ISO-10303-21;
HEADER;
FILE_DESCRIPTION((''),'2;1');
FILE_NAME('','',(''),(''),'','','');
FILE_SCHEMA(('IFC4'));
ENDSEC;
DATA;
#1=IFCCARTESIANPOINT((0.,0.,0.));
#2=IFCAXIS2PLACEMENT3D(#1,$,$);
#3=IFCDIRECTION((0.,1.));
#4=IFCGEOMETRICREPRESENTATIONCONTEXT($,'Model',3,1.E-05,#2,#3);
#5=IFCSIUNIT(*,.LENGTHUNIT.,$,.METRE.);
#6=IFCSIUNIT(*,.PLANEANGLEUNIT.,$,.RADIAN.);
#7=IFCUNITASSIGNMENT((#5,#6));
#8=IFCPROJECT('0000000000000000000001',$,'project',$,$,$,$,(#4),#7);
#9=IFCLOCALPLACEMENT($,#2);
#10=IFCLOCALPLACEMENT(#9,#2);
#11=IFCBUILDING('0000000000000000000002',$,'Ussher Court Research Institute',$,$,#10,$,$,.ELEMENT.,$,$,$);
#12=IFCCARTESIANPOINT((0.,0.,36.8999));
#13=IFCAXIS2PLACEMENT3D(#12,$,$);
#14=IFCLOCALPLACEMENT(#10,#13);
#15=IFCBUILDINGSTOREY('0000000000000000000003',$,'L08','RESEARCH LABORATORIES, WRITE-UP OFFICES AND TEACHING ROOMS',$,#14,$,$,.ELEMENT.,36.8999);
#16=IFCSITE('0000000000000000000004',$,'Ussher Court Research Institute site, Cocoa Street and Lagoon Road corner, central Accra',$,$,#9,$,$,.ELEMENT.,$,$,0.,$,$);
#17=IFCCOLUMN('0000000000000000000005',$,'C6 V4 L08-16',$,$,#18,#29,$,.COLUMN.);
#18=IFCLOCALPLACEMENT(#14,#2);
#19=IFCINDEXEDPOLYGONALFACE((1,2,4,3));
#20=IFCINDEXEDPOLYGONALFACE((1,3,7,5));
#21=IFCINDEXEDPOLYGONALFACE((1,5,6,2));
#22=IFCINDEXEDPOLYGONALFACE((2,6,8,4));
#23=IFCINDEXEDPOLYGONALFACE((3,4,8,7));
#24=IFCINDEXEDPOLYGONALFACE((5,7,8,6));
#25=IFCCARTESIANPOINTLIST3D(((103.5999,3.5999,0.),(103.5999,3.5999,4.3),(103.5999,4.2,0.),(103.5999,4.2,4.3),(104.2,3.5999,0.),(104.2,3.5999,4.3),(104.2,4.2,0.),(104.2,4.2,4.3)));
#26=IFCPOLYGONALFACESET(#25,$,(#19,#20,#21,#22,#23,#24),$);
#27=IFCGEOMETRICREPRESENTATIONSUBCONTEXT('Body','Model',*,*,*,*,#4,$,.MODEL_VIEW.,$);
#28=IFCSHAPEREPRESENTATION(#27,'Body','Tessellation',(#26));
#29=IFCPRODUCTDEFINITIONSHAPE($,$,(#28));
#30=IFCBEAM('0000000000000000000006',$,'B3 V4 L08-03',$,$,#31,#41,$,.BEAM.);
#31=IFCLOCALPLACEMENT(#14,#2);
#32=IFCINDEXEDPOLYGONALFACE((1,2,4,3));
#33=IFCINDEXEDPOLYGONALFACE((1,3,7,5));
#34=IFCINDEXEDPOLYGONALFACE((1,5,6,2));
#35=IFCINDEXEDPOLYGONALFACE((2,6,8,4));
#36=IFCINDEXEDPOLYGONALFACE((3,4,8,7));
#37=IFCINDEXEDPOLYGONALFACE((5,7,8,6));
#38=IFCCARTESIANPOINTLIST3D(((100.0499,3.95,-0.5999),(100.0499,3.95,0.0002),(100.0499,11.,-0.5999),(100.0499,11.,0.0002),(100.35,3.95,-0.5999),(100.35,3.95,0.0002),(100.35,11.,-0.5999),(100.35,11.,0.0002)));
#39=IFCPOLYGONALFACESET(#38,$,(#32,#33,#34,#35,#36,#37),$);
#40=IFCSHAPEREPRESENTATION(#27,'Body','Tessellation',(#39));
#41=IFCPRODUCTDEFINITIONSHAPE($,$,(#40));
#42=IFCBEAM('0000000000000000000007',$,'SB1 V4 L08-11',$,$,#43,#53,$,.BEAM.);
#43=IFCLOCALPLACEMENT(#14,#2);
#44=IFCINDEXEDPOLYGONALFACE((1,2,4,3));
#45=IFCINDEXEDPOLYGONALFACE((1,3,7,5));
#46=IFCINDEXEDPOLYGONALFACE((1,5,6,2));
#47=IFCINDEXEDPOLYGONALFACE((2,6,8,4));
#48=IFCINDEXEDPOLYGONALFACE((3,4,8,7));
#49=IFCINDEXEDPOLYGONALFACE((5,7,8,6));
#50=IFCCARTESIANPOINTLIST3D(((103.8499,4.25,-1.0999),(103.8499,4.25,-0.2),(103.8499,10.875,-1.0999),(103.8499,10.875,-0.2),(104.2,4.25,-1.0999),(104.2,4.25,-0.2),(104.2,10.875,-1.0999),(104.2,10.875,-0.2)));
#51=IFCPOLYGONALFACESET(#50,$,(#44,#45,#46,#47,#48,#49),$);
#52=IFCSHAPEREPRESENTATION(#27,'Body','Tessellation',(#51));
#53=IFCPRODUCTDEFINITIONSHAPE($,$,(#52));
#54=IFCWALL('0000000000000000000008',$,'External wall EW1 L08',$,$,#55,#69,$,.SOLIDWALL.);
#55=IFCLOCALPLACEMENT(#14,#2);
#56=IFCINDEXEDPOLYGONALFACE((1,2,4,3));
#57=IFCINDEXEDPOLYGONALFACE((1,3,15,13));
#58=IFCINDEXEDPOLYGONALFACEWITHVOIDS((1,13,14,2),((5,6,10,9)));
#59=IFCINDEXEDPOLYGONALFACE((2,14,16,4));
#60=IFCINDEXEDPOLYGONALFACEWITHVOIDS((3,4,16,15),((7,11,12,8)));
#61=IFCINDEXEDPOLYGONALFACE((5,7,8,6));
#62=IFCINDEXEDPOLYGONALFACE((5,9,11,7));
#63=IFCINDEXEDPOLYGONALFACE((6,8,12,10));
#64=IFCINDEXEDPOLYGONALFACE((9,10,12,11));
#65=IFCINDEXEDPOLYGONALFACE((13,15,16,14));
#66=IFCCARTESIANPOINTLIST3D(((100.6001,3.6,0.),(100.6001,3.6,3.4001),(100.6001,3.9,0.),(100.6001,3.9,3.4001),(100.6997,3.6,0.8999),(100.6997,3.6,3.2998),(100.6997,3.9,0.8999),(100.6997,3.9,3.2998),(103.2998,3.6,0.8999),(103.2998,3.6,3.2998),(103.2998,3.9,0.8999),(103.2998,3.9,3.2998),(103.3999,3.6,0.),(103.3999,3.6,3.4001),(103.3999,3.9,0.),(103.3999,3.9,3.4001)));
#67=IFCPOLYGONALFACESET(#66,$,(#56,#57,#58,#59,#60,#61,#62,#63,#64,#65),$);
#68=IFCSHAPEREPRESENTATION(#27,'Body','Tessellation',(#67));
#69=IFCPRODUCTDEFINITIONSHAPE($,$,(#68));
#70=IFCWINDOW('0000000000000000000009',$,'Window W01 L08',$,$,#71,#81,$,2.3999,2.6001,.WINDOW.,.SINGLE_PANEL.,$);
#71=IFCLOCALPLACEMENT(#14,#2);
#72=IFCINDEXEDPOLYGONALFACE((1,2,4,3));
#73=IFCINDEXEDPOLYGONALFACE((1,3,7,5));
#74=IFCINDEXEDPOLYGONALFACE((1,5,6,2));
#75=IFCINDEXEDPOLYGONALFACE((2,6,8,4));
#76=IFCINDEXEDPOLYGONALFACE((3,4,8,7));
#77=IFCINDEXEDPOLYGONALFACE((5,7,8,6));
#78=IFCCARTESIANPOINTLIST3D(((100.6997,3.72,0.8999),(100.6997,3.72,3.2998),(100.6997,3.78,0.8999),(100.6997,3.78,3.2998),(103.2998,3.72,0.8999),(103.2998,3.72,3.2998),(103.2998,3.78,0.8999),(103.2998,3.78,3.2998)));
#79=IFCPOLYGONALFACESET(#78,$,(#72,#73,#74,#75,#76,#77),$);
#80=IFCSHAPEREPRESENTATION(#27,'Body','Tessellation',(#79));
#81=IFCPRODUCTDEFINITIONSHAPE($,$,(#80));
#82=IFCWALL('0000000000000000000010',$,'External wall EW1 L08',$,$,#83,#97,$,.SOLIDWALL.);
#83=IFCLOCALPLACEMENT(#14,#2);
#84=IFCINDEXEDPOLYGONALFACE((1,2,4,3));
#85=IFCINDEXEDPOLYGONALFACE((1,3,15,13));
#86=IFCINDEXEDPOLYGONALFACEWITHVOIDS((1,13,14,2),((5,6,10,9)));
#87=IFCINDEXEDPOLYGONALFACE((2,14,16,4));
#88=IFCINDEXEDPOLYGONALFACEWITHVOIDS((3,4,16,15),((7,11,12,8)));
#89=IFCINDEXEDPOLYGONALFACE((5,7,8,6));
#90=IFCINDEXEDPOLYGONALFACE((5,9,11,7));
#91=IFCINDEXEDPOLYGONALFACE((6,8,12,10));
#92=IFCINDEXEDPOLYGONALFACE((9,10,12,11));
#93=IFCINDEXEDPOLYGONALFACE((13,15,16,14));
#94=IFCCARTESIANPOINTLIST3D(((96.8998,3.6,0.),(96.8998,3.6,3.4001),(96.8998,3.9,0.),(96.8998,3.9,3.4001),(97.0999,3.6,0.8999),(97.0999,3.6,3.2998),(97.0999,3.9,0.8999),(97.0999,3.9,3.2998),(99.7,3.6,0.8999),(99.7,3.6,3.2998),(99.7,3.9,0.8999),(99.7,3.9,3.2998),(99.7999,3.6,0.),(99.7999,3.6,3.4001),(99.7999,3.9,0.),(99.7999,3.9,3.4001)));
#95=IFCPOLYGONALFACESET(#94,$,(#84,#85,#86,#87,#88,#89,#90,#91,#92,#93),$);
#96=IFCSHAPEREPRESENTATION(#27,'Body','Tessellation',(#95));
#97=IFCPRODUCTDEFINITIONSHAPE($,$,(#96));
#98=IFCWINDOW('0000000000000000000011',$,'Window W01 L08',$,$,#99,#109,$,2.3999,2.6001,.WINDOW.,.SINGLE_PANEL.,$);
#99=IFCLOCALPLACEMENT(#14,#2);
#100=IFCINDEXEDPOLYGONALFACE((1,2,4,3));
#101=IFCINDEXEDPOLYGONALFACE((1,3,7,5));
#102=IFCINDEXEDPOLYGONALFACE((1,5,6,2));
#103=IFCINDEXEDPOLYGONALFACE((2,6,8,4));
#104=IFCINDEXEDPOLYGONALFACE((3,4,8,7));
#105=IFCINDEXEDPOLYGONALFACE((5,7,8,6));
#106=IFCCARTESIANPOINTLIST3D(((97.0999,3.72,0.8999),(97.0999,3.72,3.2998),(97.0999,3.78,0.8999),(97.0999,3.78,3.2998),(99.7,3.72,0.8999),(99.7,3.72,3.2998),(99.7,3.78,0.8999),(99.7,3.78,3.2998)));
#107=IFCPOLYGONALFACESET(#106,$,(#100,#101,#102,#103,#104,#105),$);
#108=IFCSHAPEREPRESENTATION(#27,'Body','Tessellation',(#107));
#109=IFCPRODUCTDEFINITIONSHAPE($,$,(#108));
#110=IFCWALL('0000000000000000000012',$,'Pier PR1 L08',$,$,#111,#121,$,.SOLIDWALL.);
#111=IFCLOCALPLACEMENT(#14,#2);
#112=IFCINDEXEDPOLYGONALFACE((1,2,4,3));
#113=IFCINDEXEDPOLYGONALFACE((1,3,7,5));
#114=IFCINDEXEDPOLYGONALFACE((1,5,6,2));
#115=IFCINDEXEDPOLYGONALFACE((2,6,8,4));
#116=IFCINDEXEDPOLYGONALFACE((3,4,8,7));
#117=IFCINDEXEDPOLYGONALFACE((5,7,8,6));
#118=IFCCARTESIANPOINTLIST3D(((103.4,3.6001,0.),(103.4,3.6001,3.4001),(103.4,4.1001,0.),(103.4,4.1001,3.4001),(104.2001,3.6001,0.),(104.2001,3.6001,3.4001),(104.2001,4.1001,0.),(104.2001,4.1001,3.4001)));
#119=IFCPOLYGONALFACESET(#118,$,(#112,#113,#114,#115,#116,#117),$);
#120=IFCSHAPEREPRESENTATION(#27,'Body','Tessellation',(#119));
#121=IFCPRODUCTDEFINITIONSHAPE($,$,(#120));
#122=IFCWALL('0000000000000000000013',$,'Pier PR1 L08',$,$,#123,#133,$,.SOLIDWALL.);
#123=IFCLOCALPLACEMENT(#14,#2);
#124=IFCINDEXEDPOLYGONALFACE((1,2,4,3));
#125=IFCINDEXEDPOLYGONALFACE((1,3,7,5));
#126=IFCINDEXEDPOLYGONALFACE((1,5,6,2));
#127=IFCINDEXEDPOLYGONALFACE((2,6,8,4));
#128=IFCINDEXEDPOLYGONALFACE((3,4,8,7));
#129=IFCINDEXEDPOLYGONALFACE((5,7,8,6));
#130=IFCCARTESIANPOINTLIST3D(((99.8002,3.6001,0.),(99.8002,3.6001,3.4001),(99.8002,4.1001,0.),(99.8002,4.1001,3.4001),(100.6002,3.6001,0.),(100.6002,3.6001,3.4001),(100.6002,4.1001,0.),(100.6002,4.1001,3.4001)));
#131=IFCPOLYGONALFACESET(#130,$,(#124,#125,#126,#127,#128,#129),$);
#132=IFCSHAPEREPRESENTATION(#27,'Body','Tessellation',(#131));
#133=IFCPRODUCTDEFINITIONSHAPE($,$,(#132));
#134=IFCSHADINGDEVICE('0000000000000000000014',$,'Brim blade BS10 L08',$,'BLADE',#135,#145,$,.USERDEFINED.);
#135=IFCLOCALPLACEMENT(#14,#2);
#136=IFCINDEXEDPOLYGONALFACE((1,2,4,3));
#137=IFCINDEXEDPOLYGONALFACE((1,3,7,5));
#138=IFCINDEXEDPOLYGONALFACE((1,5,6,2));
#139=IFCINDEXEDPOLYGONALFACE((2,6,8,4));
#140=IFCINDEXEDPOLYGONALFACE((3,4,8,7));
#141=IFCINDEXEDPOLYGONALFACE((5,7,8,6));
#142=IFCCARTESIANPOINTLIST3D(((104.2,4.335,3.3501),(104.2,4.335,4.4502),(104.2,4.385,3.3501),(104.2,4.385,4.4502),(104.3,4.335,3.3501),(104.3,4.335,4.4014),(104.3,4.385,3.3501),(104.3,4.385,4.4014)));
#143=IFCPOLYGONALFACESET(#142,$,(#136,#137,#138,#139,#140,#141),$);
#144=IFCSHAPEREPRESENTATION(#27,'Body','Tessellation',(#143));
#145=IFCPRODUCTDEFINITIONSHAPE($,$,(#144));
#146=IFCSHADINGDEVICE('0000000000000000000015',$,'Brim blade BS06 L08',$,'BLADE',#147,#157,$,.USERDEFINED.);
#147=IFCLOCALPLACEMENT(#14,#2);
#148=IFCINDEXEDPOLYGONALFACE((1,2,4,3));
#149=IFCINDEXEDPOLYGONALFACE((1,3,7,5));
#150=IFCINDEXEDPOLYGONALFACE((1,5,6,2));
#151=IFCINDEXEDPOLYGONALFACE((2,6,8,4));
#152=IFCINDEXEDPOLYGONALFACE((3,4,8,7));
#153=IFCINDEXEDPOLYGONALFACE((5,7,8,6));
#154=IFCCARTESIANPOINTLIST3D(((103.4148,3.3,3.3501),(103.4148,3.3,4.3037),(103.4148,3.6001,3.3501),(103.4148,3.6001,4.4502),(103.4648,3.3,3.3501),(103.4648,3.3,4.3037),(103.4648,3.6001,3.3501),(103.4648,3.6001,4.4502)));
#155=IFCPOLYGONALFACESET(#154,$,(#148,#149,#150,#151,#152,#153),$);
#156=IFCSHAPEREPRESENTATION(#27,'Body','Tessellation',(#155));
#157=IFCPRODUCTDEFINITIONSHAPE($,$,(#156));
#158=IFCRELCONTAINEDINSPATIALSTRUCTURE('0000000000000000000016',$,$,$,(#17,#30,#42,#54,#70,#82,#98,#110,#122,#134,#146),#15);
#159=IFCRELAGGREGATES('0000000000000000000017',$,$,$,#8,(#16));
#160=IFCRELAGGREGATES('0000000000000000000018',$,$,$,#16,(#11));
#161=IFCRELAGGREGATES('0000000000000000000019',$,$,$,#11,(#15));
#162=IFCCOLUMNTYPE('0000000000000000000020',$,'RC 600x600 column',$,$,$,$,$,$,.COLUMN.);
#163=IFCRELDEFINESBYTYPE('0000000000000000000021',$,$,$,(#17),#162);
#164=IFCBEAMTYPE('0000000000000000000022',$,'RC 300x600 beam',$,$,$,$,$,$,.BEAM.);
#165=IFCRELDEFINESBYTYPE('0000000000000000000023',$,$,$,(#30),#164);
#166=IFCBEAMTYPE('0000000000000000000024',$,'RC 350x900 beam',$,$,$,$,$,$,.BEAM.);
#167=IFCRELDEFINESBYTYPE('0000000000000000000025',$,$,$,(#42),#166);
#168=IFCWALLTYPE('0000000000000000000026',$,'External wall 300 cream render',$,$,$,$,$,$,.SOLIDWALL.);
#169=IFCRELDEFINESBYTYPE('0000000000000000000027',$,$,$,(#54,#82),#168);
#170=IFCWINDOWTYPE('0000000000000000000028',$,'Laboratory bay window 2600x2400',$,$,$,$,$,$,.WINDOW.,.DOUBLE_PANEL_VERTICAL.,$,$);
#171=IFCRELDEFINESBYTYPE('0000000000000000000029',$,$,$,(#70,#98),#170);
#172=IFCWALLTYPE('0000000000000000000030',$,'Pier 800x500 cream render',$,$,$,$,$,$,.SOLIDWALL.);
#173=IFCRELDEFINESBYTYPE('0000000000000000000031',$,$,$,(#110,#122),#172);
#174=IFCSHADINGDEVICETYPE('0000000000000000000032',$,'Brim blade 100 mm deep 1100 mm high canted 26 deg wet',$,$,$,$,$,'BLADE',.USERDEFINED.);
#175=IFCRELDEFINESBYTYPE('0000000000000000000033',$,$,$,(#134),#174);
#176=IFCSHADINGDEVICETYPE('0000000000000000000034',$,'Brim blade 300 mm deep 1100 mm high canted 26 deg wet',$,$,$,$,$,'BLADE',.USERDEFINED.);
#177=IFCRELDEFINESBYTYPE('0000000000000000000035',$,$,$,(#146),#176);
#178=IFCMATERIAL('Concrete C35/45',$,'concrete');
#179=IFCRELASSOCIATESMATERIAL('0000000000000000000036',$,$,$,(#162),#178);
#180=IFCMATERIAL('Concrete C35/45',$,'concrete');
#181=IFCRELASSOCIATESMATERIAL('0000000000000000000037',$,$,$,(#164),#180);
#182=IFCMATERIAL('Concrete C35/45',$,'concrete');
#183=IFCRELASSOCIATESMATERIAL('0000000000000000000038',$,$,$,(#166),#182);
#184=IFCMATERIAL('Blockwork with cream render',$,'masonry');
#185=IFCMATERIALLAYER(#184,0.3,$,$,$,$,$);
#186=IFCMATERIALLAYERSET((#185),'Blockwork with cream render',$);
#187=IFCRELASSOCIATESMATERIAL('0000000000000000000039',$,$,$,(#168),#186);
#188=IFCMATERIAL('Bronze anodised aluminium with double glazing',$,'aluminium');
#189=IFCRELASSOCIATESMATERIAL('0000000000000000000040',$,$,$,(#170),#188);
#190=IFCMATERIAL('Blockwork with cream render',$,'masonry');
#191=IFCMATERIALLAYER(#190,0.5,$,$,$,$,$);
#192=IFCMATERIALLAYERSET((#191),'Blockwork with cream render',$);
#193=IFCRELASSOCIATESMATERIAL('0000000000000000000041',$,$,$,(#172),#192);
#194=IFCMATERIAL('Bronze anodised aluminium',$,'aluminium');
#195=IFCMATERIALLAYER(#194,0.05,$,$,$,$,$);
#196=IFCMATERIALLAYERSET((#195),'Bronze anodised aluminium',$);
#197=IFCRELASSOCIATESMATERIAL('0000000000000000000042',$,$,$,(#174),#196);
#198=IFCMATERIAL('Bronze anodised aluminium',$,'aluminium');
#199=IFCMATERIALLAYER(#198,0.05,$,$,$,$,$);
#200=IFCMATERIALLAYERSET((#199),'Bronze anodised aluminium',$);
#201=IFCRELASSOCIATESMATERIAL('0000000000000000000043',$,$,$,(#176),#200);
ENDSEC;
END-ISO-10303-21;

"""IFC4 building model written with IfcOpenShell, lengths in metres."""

from ifc_helpers import new_model, si_unit, direction, frame, frame_2d, origin, origin_2d, place, context, subcontext, project, spatial, polyline, rectangle, outline, extrude, material, layer, layer_set, material_profile, profile_set, type_object, element, fill, save


model = new_model("IFC4")

# Units and contexts
model_context = context("Model", 3, precision=1e-05, world=origin(), true_north=direction((0.0, 1.0)))
body_context = subcontext(model_context, "Body", "Model", "MODEL_VIEW")
ifc_project = project(units=[si_unit("LENGTHUNIT", "METRE"), si_unit("PLANEANGLEUNIT", "RADIAN")], contexts=[model_context])

# Site, building, storey
site_placement = place(None, origin())
site = spatial("IfcSite", under=ifc_project, at=site_placement, Name="Ussher Court Research Institute site, Cocoa Street and Lagoon Road corner, central Accra", CompositionType="ELEMENT", RefElevation=0.0)
building_placement = place(site_placement, origin())
building = spatial("IfcBuilding", under=site, at=building_placement, Name="Ussher Court Research Institute", CompositionType="ELEMENT")
storey_placement = place(building_placement, frame((0.0, 0.0, 36.8999)))
storey = spatial("IfcBuildingStorey", under=building, at=storey_placement, Name="L08", Description="RESEARCH LABORATORIES, WRITE-UP OFFICES AND TEACHING ROOMS", CompositionType="ELEMENT", Elevation=36.8999)

# Column
ifc_material_1 = material(Name="Concrete C35/45", Category="concrete")
ifc_material_profile_1 = material_profile(ifc_material_1, rectangle(XDim=0.6001, YDim=0.6001, at=origin_2d()), Name="RC 600x600")
ifc_profile_set_1 = profile_set([ifc_material_profile_1], Name="Concrete C35/45")
column_type = type_object("IfcColumnType", Name="RC 600x600 column", PredefinedType="COLUMN", material=ifc_profile_set_1)
column_placement = place(storey_placement, frame((103.8999, 3.8999, 0.0), z_axis=(0.0, 0.0, 1.0), x_axis=(1.0, 0.0, 0.0)))
element("IfcColumn", 1, at=column_placement, inside=storey, type_object=column_type, Name="C6 V4 L08-16", PredefinedType="COLUMN", context=body_context, shape_type="SweptSolid", body=[
    extrude(rectangle(XDim=0.6001, YDim=0.6001, at=origin_2d()), origin(), (0.0, 0.0, 1.0), 4.3),
])

# Beams
ifc_material_2 = material(Name="Concrete C35/45", Category="concrete")
ifc_material_profile_2 = material_profile(ifc_material_2, rectangle(XDim=0.3, YDim=0.6001, at=origin_2d()), Name="RC 300x600")
ifc_profile_set_2 = profile_set([ifc_material_profile_2], Name="Concrete C35/45")
beam_type_1 = type_object("IfcBeamType", Name="RC 300x600 beam", PredefinedType="BEAM", material=ifc_profile_set_2)
beam_1_placement = place(storey_placement, frame((100.2, 3.95, -0.2998), z_axis=(0.0, 1.0, 0.0), x_axis=(-1.0, 0.0, 0.0)))
element("IfcBeam", 2, at=beam_1_placement, inside=storey, type_object=beam_type_1, Name="B3 V4 L08-03", PredefinedType="BEAM", context=body_context, shape_type="SweptSolid", body=[
    extrude(rectangle(XDim=0.3, YDim=0.6001, at=origin_2d()), origin(), (0.0, 0.0, 1.0), 7.05),
])
ifc_material_3 = material(Name="Concrete C35/45", Category="concrete")
ifc_material_profile_3 = material_profile(ifc_material_3, rectangle(XDim=0.3501, YDim=0.8999, at=origin_2d()), Name="RC 350x900")
ifc_profile_set_3 = profile_set([ifc_material_profile_3], Name="Concrete C35/45")
beam_type_2 = type_object("IfcBeamType", Name="RC 350x900 beam", PredefinedType="BEAM", material=ifc_profile_set_3)
beam_2_placement = place(storey_placement, frame((104.0249, 4.25, -0.6499), z_axis=(0.0, 1.0, 0.0), x_axis=(-1.0, 0.0, 0.0)))
element("IfcBeam", 3, at=beam_2_placement, inside=storey, type_object=beam_type_2, Name="SB1 V4 L08-11", PredefinedType="BEAM", context=body_context, shape_type="SweptSolid", body=[
    extrude(rectangle(XDim=0.3501, YDim=0.8999, at=origin_2d()), origin(), (0.0, 0.0, 1.0), 6.625),
])

# Walls, openings, windows
ifc_material_4 = material(Name="Blockwork with cream render", Category="masonry")
ifc_layer_1 = layer(ifc_material_4, 0.3)
ifc_layer_set_1 = layer_set([ifc_layer_1], Name="Blockwork with cream render")
wall_type_1 = type_object("IfcWallType", Name="External wall 300 cream render", PredefinedType="SOLIDWALL", material=ifc_layer_set_1)
wall_1_placement = place(storey_placement, frame((103.3999, 3.75, 0.0), z_axis=(0.0, 0.0, 1.0), x_axis=(-1.0, 0.0, 0.0)))
wall_1 = element("IfcWall", 4, at=wall_1_placement, inside=storey, type_object=wall_type_1, Name="External wall EW1 L08", PredefinedType="SOLIDWALL", context=body_context, shape_type="SweptSolid", body=[
    extrude(rectangle(XDim=2.7998, YDim=0.3, at=frame_2d((1.3999, 0.0))), origin(), (0.0, 0.0, 1.0), 3.4001),
])
opening_1_placement = place(wall_1_placement, frame((0.1001, 0.0, 0.8999)))
opening_1 = element("IfcOpeningElement", 5, at=opening_1_placement, cuts=wall_1, PredefinedType="OPENING", context=body_context, shape_type="SweptSolid", body=[
    extrude(rectangle(XDim=2.6001, YDim=2.3999, at=frame_2d((1.3, 1.2))), frame((0.0, 0.1602, 0.0), z_axis=(0.0, -1.0, 0.0), x_axis=(1.0, 0.0, 0.0)), (0.0, 0.0, 1.0), 0.3201),
])
ifc_material_5 = material(Name="Bronze anodised aluminium with double glazing", Category="aluminium")
window_type = type_object("IfcWindowType", Name="Laboratory bay window 2600x2400", PartitioningType="DOUBLE_PANEL_VERTICAL", PredefinedType="WINDOW", material=ifc_material_5)
window_1_placement = place(opening_1_placement, origin())
window_1 = element("IfcWindow", 6, at=window_1_placement, inside=storey, type_object=window_type, Name="Window W01 L08", OverallHeight=2.3999, OverallWidth=2.6001, PartitioningType="SINGLE_PANEL", PredefinedType="WINDOW", context=body_context, shape_type="SweptSolid", body=[
    extrude(rectangle(XDim=2.6001, YDim=2.3999, at=frame_2d((1.3, 1.2))), frame((0.0, 0.03, 0.0), z_axis=(0.0, -1.0, 0.0), x_axis=(1.0, 0.0, 0.0)), (0.0, 0.0, 1.0), 0.0601),
])
fill(opening_1, window_1)
wall_2_placement = place(storey_placement, frame((99.8, 3.75, 0.0), z_axis=(0.0, 0.0, 1.0), x_axis=(-1.0, 0.0, 0.0)))
wall_2 = element("IfcWall", 7, at=wall_2_placement, inside=storey, type_object=wall_type_1, Name="External wall EW1 L08", PredefinedType="SOLIDWALL", context=body_context, shape_type="SweptSolid", body=[
    extrude(rectangle(XDim=2.9001, YDim=0.3, at=frame_2d((1.4502, 0.0))), origin(), (0.0, 0.0, 1.0), 3.4001),
])
opening_2_placement = place(wall_2_placement, frame((0.1001, 0.0, 0.8999)))
opening_2 = element("IfcOpeningElement", 8, at=opening_2_placement, cuts=wall_2, PredefinedType="OPENING", context=body_context, shape_type="SweptSolid", body=[
    extrude(rectangle(XDim=2.6001, YDim=2.3999, at=frame_2d((1.3, 1.2))), frame((0.0, 0.1602, 0.0), z_axis=(0.0, -1.0, 0.0), x_axis=(1.0, 0.0, 0.0)), (0.0, 0.0, 1.0), 0.3201),
])
window_2_placement = place(opening_2_placement, origin())
window_2 = element("IfcWindow", 9, at=window_2_placement, inside=storey, type_object=window_type, Name="Window W01 L08", OverallHeight=2.3999, OverallWidth=2.6001, PartitioningType="SINGLE_PANEL", PredefinedType="WINDOW", context=body_context, shape_type="SweptSolid", body=[
    extrude(rectangle(XDim=2.6001, YDim=2.3999, at=frame_2d((1.3, 1.2))), frame((0.0, 0.03, 0.0), z_axis=(0.0, -1.0, 0.0), x_axis=(1.0, 0.0, 0.0)), (0.0, 0.0, 1.0), 0.0601),
])
fill(opening_2, window_2)

# Walls
ifc_material_6 = material(Name="Blockwork with cream render", Category="masonry")
ifc_layer_2 = layer(ifc_material_6, 0.5)
ifc_layer_set_2 = layer_set([ifc_layer_2], Name="Blockwork with cream render")
wall_type_2 = type_object("IfcWallType", Name="Pier 800x500 cream render", PredefinedType="SOLIDWALL", material=ifc_layer_set_2)
for number, where, z_axis, x_axis, name in (
    (10, (104.2, 3.8501, 0.0), (0.0, 0.0, 1.0), (-1.0, 0.0, 0.0), "Pier PR1 L08"),
    (11, (100.6001, 3.8501, 0.0), (0.0, 0.0, 1.0), (-1.0, 0.0, 0.0), "Pier PR1 L08"),
):
    element("IfcWall", number, at=place(storey_placement, frame(where, z_axis=z_axis, x_axis=x_axis)), inside=storey, type_object=wall_type_2, Name=name, PredefinedType="SOLIDWALL", context=body_context, shape_type="SweptSolid", body=[
        extrude(rectangle(XDim=0.8, YDim=0.5, at=frame_2d((0.3999, 0.0))), origin(), (0.0, 0.0, 1.0), 3.4001),
    ])

# Shading devices
ifc_material_7 = material(Name="Bronze anodised aluminium", Category="aluminium")
ifc_layer_3 = layer(ifc_material_7, 0.05)
ifc_layer_set_3 = layer_set([ifc_layer_3], Name="Bronze anodised aluminium")
shading_device_type_1 = type_object("IfcShadingDeviceType", Name="Brim blade 100 mm deep 1100 mm high canted 26 deg wet", ElementType="BLADE", PredefinedType="USERDEFINED", material=ifc_layer_set_3)
shading_device_1_placement = place(storey_placement, frame((104.2, 4.3601, 3.3501), z_axis=(0.0, 0.0, 1.0), x_axis=(1.0, 0.0, 0.0)))
element("IfcShadingDevice", 12, at=shading_device_1_placement, inside=storey, type_object=shading_device_type_1, Name="Brim blade BS10 L08", ObjectType="BLADE", PredefinedType="USERDEFINED", context=body_context, shape_type="SweptSolid", body=[
    extrude(outline(polyline([(0.0, 0.0), (0.1001, 0.0), (0.1001, 1.0513), (0.0, 1.1001), (0.0, 0.0)])), frame((0.0, 0.0249, 0.0), z_axis=(0.0, -1.0, 0.0), x_axis=(1.0, 0.0, 0.0)), (0.0, 0.0, 1.0), 0.05),
])
ifc_material_8 = material(Name="Bronze anodised aluminium", Category="aluminium")
ifc_layer_4 = layer(ifc_material_8, 0.05)
ifc_layer_set_4 = layer_set([ifc_layer_4], Name="Bronze anodised aluminium")
shading_device_type_2 = type_object("IfcShadingDeviceType", Name="Brim blade 300 mm deep 1100 mm high canted 26 deg wet", ElementType="BLADE", PredefinedType="USERDEFINED", material=ifc_layer_set_4)
shading_device_2_placement = place(storey_placement, frame((103.4399, 3.6001, 3.3501), z_axis=(0.0, 0.0, 1.0), x_axis=(0.0, -1.0, 0.0)))
element("IfcShadingDevice", 13, at=shading_device_2_placement, inside=storey, type_object=shading_device_type_2, Name="Brim blade BS06 L08", ObjectType="BLADE", PredefinedType="USERDEFINED", context=body_context, shape_type="SweptSolid", body=[
    extrude(outline(polyline([(0.0, 0.0), (0.3, 0.0), (0.3, 0.9536), (0.0, 1.1001), (0.0, 0.0)])), frame((0.0, 0.0249, 0.0), z_axis=(0.0, -1.0, 0.0), x_axis=(1.0, 0.0, 0.0)), (0.0, 0.0, 1.0), 0.05),
])

save(model, "model.ifc")
